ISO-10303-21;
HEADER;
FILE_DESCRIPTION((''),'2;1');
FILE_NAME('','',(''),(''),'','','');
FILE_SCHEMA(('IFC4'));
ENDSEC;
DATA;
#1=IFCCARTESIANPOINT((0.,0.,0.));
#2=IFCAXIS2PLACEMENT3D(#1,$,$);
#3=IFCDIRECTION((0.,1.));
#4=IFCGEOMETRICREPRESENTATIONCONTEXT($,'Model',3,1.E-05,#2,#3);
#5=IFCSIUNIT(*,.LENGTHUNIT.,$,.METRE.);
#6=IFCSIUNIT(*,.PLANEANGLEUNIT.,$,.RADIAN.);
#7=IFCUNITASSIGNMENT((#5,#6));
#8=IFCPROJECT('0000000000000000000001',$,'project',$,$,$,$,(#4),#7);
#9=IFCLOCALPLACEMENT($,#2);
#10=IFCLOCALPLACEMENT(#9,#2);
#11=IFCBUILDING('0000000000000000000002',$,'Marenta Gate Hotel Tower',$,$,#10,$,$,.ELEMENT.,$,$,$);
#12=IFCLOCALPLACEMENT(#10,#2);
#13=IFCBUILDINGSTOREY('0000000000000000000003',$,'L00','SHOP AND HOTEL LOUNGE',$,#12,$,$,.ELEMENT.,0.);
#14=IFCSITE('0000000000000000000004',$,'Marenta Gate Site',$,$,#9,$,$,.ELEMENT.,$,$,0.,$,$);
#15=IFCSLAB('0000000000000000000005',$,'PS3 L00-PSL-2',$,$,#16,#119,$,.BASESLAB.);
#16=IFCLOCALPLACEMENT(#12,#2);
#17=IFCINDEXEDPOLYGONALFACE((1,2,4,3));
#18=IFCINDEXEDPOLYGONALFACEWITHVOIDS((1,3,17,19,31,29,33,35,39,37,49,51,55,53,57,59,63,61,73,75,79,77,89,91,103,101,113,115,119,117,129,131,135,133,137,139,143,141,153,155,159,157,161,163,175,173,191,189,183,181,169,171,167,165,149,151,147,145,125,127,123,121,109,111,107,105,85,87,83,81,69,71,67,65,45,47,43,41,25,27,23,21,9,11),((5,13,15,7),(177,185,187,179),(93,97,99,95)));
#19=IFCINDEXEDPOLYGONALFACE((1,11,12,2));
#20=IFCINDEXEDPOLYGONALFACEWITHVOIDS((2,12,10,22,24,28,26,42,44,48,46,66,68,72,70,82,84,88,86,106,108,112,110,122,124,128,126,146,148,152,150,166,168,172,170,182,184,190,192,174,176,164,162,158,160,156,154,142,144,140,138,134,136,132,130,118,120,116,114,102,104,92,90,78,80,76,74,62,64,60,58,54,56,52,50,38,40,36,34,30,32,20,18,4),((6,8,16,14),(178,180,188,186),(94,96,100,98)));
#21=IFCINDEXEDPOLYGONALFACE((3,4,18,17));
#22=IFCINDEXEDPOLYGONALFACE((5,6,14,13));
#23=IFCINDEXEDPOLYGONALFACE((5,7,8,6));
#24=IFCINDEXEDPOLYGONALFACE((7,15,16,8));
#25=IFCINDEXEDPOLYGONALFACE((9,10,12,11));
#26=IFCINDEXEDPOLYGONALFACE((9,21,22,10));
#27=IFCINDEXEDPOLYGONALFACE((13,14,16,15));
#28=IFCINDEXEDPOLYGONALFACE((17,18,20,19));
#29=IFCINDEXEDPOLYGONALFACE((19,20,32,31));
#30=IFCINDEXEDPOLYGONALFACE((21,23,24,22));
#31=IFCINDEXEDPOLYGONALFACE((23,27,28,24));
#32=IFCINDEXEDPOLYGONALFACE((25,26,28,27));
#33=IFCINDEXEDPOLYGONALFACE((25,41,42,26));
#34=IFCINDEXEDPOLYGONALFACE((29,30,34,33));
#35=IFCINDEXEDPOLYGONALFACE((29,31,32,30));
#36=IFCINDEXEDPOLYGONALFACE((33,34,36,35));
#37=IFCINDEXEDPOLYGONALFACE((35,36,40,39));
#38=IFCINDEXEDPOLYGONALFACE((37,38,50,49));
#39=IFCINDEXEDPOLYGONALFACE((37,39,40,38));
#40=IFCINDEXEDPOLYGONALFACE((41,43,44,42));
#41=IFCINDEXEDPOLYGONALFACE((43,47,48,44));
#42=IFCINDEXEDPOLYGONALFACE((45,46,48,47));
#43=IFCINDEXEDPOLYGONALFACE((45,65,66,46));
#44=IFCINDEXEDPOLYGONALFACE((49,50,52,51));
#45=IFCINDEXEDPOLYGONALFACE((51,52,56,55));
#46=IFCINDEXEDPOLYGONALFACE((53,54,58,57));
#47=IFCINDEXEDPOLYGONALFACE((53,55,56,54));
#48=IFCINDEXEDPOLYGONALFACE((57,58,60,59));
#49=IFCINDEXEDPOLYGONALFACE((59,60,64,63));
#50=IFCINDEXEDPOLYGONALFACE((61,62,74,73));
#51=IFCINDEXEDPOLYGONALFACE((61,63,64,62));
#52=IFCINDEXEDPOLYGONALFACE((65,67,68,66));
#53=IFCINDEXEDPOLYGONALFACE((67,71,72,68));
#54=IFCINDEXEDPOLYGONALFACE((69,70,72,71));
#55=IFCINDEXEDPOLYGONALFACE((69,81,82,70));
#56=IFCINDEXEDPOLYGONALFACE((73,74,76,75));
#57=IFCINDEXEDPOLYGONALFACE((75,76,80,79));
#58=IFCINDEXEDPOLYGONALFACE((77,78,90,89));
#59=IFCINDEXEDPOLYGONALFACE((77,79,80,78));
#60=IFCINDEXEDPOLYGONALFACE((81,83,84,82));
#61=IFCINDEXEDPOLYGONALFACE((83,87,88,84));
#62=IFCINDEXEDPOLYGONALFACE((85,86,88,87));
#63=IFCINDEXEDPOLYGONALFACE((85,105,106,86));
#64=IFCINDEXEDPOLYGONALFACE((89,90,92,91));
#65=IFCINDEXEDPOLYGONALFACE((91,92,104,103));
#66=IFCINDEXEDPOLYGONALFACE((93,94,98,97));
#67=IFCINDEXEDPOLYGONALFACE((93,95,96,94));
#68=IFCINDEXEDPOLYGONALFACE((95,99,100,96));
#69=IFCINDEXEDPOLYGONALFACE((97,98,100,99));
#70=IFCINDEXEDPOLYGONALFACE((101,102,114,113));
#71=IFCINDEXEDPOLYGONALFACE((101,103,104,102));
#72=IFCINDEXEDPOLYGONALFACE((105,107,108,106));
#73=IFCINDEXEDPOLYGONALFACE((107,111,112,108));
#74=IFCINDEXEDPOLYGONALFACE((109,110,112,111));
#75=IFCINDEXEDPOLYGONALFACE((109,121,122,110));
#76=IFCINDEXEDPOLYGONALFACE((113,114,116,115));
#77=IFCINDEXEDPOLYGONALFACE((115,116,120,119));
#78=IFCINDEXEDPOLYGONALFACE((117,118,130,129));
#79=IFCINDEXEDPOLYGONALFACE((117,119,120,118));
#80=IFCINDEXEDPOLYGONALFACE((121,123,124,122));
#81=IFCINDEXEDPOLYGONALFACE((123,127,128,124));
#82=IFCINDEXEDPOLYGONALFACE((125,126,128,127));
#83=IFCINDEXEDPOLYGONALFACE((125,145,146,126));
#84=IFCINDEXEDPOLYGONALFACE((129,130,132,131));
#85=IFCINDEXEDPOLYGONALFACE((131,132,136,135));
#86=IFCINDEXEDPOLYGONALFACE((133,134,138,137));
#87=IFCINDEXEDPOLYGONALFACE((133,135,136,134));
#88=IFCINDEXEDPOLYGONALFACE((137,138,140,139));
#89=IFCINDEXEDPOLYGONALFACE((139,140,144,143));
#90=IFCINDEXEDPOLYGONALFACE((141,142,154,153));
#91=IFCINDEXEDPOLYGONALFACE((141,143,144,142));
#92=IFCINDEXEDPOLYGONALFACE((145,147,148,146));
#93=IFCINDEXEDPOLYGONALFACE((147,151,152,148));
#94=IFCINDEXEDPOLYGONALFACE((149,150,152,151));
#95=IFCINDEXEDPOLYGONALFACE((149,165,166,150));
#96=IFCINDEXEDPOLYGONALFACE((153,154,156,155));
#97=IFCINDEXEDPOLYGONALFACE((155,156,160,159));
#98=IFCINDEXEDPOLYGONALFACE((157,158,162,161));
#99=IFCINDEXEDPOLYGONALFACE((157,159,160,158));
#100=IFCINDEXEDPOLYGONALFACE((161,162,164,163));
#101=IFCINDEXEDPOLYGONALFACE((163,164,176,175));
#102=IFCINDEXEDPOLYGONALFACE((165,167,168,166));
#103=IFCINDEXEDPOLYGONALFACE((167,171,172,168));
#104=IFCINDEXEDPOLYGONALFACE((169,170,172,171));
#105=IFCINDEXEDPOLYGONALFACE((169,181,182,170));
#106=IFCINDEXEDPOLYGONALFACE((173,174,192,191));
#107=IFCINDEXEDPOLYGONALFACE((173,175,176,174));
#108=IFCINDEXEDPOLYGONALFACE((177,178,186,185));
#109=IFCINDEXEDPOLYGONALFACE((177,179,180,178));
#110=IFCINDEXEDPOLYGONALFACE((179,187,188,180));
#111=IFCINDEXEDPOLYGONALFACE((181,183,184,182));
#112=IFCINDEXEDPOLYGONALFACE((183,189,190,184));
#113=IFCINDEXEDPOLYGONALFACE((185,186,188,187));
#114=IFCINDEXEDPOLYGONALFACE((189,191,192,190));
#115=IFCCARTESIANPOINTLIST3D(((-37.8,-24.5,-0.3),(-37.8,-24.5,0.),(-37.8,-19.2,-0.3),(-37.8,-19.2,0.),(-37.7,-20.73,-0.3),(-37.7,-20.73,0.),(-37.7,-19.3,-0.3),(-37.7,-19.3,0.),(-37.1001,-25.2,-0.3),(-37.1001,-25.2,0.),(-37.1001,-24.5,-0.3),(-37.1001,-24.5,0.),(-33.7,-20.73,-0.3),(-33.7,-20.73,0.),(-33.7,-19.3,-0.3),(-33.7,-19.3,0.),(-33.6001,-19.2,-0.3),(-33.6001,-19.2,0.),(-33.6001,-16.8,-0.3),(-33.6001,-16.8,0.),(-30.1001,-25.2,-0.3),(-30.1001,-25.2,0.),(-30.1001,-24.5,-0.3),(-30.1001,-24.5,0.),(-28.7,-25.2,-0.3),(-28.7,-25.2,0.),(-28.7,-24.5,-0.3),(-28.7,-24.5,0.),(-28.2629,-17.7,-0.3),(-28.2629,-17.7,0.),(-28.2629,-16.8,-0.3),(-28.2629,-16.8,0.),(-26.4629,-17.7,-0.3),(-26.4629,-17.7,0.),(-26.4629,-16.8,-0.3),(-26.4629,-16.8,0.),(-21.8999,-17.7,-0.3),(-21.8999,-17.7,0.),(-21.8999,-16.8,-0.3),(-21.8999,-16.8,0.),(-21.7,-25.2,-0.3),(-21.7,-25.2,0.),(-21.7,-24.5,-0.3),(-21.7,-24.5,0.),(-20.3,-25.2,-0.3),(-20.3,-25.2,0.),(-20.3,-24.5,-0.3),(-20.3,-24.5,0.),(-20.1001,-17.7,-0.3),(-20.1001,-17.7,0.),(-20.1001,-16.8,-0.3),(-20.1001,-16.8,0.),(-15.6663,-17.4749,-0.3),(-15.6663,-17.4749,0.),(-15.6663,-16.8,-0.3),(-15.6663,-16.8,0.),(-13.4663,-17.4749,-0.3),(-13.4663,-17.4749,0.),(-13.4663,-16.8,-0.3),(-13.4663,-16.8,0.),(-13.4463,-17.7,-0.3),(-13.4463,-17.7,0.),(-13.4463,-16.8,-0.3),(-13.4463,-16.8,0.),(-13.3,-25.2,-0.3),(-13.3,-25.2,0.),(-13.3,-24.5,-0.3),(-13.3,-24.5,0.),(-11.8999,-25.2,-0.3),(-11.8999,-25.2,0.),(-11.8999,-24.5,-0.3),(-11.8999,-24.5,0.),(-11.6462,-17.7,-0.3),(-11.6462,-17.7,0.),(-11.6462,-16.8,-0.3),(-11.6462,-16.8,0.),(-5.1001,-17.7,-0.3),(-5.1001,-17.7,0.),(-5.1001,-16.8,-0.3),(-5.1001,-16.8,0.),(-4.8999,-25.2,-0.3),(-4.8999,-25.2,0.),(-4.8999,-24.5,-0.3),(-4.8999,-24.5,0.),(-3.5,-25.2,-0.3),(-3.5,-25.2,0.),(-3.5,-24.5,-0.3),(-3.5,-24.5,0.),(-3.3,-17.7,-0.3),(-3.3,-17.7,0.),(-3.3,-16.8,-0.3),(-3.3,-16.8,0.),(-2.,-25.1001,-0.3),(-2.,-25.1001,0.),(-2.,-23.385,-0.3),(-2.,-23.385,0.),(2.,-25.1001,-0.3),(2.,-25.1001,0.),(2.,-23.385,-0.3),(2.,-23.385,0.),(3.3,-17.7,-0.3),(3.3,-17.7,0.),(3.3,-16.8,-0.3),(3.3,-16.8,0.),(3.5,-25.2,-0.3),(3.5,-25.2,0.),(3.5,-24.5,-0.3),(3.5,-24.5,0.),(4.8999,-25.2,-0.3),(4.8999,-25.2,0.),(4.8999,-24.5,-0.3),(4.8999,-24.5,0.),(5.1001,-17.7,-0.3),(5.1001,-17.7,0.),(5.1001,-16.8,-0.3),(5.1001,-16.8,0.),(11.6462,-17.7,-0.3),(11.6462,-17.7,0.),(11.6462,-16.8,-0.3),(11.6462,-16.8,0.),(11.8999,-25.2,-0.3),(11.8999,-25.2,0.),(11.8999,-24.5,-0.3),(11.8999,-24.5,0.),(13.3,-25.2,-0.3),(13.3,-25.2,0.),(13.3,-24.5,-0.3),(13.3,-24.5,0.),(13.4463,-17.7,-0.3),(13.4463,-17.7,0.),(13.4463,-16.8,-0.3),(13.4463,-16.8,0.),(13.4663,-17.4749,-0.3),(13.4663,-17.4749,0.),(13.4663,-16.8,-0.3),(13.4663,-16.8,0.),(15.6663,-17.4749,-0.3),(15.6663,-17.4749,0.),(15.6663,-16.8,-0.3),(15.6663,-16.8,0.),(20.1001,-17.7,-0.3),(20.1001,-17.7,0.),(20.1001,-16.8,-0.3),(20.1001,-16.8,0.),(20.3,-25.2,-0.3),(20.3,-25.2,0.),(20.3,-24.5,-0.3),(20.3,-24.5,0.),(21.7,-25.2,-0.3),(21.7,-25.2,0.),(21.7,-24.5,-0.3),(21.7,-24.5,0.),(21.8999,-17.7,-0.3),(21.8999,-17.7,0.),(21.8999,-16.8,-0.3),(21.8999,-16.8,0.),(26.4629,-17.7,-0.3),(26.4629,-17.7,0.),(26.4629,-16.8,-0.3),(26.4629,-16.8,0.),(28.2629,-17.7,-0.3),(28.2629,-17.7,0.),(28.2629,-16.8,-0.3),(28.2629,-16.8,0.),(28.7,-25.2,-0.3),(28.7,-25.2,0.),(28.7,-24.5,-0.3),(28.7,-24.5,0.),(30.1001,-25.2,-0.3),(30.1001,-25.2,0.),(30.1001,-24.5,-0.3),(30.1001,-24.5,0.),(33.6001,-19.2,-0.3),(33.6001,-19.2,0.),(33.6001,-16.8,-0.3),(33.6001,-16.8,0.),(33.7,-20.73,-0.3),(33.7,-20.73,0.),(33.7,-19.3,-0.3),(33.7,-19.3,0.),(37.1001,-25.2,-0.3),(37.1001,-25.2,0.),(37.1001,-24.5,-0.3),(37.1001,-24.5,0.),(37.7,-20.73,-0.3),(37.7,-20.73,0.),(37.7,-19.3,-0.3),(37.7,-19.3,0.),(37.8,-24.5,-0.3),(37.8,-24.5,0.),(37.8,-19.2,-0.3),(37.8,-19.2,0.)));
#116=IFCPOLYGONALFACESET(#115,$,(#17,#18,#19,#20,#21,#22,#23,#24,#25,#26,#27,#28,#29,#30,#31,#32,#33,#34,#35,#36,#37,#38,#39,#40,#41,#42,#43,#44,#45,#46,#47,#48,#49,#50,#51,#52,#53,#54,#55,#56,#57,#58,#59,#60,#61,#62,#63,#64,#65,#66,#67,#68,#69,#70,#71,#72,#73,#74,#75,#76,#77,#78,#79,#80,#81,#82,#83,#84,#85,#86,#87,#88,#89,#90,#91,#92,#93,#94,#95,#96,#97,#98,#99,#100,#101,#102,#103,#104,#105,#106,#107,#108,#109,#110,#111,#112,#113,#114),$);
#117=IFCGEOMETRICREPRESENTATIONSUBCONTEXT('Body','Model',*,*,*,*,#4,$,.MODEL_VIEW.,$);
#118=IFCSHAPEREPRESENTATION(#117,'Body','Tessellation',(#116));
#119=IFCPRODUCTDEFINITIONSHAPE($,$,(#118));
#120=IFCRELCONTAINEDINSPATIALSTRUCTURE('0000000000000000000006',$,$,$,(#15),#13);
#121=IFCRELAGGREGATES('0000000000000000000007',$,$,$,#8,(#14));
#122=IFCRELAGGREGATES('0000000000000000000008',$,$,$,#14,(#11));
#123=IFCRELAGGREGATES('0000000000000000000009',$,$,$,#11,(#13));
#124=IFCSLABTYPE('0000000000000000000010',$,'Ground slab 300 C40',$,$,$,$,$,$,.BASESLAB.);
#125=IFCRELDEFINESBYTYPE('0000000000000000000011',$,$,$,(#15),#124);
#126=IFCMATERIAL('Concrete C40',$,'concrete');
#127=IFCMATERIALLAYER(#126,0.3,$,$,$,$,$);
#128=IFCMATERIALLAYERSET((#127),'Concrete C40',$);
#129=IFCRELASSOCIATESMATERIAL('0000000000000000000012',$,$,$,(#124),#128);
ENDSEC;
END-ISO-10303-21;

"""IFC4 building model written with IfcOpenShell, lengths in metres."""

from ifc_helpers import new_model, si_unit, direction, frame, origin, place, context, subcontext, project, spatial, polyline, outline, extrude, material, layer, layer_set, type_object, element, save


model = new_model("IFC4")

# Units and contexts
model_context = context("Model", 3, precision=1e-05, world=origin(), true_north=direction((0.0, 1.0)))
body_context = subcontext(model_context, "Body", "Model", "MODEL_VIEW")
ifc_project = project(units=[si_unit("LENGTHUNIT", "METRE"), si_unit("PLANEANGLEUNIT", "RADIAN")], contexts=[model_context])

# Site, building, storey
site_placement = place(None, origin())
site = spatial("IfcSite", under=ifc_project, at=site_placement, Name="Marenta Gate Site", CompositionType="ELEMENT", RefElevation=0.0)
building_placement = place(site_placement, origin())
building = spatial("IfcBuilding", under=site, at=building_placement, Name="Marenta Gate Hotel Tower", CompositionType="ELEMENT")
storey_placement = place(building_placement, origin())
storey = spatial("IfcBuildingStorey", under=building, at=storey_placement, Name="L00", Description="SHOP AND HOTEL LOUNGE", CompositionType="ELEMENT", Elevation=0.0)

# Slab
ifc_material_1 = material(Name="Concrete C40", Category="concrete")
ifc_layer_1 = layer(ifc_material_1, 0.3)
ifc_layer_set_1 = layer_set([ifc_layer_1], Name="Concrete C40")
slab_type = type_object("IfcSlabType", Name="Ground slab 300 C40", PredefinedType="BASESLAB", material=ifc_layer_set_1)
slab_1_placement = place(storey_placement, frame((0.0, 0.0, -0.3)))
element("IfcSlab", 1, at=slab_1_placement, inside=storey, type_object=slab_type, Name="PS3 L00-PSL-2", PredefinedType="BASESLAB", context=body_context, shape_type="SweptSolid", body=[
    extrude(outline(polyline([(-26.4629, -16.8), (-21.8999, -16.8), (-21.8999, -17.7), (-20.1001, -17.7), (-20.1001, -16.8), (-15.6663, -16.8), (-15.6663, -17.4749), (-13.4663, -17.4749), (-13.4663, -16.8), (-13.4463, -16.8), (-13.4463, -17.7), (-11.6462, -17.7), (-11.6462, -16.8), (-5.1001, -16.8), (-5.1001, -17.7), (-3.3, -17.7), (-3.3, -16.8), (3.3, -16.8), (3.3, -17.7), (5.1001, -17.7), (5.1001, -16.8), (11.6462, -16.8), (11.6462, -17.7), (13.4463, -17.7), (13.4463, -16.8), (13.4663, -16.8), (13.4663, -17.4749), (15.6663, -17.4749), (15.6663, -16.8), (20.1001, -16.8), (20.1001, -17.7), (21.8999, -17.7), (21.8999, -16.8), (26.4629, -16.8), (26.4629, -17.7), (28.2629, -17.7), (28.2629, -16.8), (33.6001, -16.8), (33.6001, -19.2), (37.8, -19.2), (37.8, -24.5), (37.1001, -24.5), (37.1001, -25.2), (30.1001, -25.2), (30.1001, -24.5), (28.7, -24.5), (28.7, -25.2), (21.7, -25.2), (21.7, -24.5), (20.3, -24.5), (20.3, -25.2), (13.3, -25.2), (13.3, -24.5), (11.8999, -24.5), (11.8999, -25.2), (4.8999, -25.2), (4.8999, -24.5), (3.5, -24.5), (3.5, -25.2), (-3.5, -25.2), (-3.5, -24.5), (-4.8999, -24.5), (-4.8999, -25.2), (-11.8999, -25.2), (-11.8999, -24.5), (-13.3, -24.5), (-13.3, -25.2), (-20.3, -25.2), (-20.3, -24.5), (-21.7, -24.5), (-21.7, -25.2), (-28.7, -25.2), (-28.7, -24.5), (-30.1001, -24.5), (-30.1001, -25.2), (-37.1001, -25.2), (-37.1001, -24.5), (-37.8, -24.5), (-37.8, -19.2), (-33.6001, -19.2), (-33.6001, -16.8), (-28.2629, -16.8), (-28.2629, -17.7), (-26.4629, -17.7), (-26.4629, -16.8)]), holes=[polyline([(-37.7, -20.73), (-33.7, -20.73), (-33.7, -19.3), (-37.7, -19.3), (-37.7, -20.73)]), polyline([(33.7, -19.3), (33.7, -20.73), (37.7, -20.73), (37.7, -19.3), (33.7, -19.3)]), polyline([(2.0, -23.385), (-2.0, -23.385), (-2.0, -25.1001), (2.0, -25.1001), (2.0, -23.385)])]), origin(), (0.0, 0.0, 1.0), 0.3),
])

save(model, "model.ifc")
